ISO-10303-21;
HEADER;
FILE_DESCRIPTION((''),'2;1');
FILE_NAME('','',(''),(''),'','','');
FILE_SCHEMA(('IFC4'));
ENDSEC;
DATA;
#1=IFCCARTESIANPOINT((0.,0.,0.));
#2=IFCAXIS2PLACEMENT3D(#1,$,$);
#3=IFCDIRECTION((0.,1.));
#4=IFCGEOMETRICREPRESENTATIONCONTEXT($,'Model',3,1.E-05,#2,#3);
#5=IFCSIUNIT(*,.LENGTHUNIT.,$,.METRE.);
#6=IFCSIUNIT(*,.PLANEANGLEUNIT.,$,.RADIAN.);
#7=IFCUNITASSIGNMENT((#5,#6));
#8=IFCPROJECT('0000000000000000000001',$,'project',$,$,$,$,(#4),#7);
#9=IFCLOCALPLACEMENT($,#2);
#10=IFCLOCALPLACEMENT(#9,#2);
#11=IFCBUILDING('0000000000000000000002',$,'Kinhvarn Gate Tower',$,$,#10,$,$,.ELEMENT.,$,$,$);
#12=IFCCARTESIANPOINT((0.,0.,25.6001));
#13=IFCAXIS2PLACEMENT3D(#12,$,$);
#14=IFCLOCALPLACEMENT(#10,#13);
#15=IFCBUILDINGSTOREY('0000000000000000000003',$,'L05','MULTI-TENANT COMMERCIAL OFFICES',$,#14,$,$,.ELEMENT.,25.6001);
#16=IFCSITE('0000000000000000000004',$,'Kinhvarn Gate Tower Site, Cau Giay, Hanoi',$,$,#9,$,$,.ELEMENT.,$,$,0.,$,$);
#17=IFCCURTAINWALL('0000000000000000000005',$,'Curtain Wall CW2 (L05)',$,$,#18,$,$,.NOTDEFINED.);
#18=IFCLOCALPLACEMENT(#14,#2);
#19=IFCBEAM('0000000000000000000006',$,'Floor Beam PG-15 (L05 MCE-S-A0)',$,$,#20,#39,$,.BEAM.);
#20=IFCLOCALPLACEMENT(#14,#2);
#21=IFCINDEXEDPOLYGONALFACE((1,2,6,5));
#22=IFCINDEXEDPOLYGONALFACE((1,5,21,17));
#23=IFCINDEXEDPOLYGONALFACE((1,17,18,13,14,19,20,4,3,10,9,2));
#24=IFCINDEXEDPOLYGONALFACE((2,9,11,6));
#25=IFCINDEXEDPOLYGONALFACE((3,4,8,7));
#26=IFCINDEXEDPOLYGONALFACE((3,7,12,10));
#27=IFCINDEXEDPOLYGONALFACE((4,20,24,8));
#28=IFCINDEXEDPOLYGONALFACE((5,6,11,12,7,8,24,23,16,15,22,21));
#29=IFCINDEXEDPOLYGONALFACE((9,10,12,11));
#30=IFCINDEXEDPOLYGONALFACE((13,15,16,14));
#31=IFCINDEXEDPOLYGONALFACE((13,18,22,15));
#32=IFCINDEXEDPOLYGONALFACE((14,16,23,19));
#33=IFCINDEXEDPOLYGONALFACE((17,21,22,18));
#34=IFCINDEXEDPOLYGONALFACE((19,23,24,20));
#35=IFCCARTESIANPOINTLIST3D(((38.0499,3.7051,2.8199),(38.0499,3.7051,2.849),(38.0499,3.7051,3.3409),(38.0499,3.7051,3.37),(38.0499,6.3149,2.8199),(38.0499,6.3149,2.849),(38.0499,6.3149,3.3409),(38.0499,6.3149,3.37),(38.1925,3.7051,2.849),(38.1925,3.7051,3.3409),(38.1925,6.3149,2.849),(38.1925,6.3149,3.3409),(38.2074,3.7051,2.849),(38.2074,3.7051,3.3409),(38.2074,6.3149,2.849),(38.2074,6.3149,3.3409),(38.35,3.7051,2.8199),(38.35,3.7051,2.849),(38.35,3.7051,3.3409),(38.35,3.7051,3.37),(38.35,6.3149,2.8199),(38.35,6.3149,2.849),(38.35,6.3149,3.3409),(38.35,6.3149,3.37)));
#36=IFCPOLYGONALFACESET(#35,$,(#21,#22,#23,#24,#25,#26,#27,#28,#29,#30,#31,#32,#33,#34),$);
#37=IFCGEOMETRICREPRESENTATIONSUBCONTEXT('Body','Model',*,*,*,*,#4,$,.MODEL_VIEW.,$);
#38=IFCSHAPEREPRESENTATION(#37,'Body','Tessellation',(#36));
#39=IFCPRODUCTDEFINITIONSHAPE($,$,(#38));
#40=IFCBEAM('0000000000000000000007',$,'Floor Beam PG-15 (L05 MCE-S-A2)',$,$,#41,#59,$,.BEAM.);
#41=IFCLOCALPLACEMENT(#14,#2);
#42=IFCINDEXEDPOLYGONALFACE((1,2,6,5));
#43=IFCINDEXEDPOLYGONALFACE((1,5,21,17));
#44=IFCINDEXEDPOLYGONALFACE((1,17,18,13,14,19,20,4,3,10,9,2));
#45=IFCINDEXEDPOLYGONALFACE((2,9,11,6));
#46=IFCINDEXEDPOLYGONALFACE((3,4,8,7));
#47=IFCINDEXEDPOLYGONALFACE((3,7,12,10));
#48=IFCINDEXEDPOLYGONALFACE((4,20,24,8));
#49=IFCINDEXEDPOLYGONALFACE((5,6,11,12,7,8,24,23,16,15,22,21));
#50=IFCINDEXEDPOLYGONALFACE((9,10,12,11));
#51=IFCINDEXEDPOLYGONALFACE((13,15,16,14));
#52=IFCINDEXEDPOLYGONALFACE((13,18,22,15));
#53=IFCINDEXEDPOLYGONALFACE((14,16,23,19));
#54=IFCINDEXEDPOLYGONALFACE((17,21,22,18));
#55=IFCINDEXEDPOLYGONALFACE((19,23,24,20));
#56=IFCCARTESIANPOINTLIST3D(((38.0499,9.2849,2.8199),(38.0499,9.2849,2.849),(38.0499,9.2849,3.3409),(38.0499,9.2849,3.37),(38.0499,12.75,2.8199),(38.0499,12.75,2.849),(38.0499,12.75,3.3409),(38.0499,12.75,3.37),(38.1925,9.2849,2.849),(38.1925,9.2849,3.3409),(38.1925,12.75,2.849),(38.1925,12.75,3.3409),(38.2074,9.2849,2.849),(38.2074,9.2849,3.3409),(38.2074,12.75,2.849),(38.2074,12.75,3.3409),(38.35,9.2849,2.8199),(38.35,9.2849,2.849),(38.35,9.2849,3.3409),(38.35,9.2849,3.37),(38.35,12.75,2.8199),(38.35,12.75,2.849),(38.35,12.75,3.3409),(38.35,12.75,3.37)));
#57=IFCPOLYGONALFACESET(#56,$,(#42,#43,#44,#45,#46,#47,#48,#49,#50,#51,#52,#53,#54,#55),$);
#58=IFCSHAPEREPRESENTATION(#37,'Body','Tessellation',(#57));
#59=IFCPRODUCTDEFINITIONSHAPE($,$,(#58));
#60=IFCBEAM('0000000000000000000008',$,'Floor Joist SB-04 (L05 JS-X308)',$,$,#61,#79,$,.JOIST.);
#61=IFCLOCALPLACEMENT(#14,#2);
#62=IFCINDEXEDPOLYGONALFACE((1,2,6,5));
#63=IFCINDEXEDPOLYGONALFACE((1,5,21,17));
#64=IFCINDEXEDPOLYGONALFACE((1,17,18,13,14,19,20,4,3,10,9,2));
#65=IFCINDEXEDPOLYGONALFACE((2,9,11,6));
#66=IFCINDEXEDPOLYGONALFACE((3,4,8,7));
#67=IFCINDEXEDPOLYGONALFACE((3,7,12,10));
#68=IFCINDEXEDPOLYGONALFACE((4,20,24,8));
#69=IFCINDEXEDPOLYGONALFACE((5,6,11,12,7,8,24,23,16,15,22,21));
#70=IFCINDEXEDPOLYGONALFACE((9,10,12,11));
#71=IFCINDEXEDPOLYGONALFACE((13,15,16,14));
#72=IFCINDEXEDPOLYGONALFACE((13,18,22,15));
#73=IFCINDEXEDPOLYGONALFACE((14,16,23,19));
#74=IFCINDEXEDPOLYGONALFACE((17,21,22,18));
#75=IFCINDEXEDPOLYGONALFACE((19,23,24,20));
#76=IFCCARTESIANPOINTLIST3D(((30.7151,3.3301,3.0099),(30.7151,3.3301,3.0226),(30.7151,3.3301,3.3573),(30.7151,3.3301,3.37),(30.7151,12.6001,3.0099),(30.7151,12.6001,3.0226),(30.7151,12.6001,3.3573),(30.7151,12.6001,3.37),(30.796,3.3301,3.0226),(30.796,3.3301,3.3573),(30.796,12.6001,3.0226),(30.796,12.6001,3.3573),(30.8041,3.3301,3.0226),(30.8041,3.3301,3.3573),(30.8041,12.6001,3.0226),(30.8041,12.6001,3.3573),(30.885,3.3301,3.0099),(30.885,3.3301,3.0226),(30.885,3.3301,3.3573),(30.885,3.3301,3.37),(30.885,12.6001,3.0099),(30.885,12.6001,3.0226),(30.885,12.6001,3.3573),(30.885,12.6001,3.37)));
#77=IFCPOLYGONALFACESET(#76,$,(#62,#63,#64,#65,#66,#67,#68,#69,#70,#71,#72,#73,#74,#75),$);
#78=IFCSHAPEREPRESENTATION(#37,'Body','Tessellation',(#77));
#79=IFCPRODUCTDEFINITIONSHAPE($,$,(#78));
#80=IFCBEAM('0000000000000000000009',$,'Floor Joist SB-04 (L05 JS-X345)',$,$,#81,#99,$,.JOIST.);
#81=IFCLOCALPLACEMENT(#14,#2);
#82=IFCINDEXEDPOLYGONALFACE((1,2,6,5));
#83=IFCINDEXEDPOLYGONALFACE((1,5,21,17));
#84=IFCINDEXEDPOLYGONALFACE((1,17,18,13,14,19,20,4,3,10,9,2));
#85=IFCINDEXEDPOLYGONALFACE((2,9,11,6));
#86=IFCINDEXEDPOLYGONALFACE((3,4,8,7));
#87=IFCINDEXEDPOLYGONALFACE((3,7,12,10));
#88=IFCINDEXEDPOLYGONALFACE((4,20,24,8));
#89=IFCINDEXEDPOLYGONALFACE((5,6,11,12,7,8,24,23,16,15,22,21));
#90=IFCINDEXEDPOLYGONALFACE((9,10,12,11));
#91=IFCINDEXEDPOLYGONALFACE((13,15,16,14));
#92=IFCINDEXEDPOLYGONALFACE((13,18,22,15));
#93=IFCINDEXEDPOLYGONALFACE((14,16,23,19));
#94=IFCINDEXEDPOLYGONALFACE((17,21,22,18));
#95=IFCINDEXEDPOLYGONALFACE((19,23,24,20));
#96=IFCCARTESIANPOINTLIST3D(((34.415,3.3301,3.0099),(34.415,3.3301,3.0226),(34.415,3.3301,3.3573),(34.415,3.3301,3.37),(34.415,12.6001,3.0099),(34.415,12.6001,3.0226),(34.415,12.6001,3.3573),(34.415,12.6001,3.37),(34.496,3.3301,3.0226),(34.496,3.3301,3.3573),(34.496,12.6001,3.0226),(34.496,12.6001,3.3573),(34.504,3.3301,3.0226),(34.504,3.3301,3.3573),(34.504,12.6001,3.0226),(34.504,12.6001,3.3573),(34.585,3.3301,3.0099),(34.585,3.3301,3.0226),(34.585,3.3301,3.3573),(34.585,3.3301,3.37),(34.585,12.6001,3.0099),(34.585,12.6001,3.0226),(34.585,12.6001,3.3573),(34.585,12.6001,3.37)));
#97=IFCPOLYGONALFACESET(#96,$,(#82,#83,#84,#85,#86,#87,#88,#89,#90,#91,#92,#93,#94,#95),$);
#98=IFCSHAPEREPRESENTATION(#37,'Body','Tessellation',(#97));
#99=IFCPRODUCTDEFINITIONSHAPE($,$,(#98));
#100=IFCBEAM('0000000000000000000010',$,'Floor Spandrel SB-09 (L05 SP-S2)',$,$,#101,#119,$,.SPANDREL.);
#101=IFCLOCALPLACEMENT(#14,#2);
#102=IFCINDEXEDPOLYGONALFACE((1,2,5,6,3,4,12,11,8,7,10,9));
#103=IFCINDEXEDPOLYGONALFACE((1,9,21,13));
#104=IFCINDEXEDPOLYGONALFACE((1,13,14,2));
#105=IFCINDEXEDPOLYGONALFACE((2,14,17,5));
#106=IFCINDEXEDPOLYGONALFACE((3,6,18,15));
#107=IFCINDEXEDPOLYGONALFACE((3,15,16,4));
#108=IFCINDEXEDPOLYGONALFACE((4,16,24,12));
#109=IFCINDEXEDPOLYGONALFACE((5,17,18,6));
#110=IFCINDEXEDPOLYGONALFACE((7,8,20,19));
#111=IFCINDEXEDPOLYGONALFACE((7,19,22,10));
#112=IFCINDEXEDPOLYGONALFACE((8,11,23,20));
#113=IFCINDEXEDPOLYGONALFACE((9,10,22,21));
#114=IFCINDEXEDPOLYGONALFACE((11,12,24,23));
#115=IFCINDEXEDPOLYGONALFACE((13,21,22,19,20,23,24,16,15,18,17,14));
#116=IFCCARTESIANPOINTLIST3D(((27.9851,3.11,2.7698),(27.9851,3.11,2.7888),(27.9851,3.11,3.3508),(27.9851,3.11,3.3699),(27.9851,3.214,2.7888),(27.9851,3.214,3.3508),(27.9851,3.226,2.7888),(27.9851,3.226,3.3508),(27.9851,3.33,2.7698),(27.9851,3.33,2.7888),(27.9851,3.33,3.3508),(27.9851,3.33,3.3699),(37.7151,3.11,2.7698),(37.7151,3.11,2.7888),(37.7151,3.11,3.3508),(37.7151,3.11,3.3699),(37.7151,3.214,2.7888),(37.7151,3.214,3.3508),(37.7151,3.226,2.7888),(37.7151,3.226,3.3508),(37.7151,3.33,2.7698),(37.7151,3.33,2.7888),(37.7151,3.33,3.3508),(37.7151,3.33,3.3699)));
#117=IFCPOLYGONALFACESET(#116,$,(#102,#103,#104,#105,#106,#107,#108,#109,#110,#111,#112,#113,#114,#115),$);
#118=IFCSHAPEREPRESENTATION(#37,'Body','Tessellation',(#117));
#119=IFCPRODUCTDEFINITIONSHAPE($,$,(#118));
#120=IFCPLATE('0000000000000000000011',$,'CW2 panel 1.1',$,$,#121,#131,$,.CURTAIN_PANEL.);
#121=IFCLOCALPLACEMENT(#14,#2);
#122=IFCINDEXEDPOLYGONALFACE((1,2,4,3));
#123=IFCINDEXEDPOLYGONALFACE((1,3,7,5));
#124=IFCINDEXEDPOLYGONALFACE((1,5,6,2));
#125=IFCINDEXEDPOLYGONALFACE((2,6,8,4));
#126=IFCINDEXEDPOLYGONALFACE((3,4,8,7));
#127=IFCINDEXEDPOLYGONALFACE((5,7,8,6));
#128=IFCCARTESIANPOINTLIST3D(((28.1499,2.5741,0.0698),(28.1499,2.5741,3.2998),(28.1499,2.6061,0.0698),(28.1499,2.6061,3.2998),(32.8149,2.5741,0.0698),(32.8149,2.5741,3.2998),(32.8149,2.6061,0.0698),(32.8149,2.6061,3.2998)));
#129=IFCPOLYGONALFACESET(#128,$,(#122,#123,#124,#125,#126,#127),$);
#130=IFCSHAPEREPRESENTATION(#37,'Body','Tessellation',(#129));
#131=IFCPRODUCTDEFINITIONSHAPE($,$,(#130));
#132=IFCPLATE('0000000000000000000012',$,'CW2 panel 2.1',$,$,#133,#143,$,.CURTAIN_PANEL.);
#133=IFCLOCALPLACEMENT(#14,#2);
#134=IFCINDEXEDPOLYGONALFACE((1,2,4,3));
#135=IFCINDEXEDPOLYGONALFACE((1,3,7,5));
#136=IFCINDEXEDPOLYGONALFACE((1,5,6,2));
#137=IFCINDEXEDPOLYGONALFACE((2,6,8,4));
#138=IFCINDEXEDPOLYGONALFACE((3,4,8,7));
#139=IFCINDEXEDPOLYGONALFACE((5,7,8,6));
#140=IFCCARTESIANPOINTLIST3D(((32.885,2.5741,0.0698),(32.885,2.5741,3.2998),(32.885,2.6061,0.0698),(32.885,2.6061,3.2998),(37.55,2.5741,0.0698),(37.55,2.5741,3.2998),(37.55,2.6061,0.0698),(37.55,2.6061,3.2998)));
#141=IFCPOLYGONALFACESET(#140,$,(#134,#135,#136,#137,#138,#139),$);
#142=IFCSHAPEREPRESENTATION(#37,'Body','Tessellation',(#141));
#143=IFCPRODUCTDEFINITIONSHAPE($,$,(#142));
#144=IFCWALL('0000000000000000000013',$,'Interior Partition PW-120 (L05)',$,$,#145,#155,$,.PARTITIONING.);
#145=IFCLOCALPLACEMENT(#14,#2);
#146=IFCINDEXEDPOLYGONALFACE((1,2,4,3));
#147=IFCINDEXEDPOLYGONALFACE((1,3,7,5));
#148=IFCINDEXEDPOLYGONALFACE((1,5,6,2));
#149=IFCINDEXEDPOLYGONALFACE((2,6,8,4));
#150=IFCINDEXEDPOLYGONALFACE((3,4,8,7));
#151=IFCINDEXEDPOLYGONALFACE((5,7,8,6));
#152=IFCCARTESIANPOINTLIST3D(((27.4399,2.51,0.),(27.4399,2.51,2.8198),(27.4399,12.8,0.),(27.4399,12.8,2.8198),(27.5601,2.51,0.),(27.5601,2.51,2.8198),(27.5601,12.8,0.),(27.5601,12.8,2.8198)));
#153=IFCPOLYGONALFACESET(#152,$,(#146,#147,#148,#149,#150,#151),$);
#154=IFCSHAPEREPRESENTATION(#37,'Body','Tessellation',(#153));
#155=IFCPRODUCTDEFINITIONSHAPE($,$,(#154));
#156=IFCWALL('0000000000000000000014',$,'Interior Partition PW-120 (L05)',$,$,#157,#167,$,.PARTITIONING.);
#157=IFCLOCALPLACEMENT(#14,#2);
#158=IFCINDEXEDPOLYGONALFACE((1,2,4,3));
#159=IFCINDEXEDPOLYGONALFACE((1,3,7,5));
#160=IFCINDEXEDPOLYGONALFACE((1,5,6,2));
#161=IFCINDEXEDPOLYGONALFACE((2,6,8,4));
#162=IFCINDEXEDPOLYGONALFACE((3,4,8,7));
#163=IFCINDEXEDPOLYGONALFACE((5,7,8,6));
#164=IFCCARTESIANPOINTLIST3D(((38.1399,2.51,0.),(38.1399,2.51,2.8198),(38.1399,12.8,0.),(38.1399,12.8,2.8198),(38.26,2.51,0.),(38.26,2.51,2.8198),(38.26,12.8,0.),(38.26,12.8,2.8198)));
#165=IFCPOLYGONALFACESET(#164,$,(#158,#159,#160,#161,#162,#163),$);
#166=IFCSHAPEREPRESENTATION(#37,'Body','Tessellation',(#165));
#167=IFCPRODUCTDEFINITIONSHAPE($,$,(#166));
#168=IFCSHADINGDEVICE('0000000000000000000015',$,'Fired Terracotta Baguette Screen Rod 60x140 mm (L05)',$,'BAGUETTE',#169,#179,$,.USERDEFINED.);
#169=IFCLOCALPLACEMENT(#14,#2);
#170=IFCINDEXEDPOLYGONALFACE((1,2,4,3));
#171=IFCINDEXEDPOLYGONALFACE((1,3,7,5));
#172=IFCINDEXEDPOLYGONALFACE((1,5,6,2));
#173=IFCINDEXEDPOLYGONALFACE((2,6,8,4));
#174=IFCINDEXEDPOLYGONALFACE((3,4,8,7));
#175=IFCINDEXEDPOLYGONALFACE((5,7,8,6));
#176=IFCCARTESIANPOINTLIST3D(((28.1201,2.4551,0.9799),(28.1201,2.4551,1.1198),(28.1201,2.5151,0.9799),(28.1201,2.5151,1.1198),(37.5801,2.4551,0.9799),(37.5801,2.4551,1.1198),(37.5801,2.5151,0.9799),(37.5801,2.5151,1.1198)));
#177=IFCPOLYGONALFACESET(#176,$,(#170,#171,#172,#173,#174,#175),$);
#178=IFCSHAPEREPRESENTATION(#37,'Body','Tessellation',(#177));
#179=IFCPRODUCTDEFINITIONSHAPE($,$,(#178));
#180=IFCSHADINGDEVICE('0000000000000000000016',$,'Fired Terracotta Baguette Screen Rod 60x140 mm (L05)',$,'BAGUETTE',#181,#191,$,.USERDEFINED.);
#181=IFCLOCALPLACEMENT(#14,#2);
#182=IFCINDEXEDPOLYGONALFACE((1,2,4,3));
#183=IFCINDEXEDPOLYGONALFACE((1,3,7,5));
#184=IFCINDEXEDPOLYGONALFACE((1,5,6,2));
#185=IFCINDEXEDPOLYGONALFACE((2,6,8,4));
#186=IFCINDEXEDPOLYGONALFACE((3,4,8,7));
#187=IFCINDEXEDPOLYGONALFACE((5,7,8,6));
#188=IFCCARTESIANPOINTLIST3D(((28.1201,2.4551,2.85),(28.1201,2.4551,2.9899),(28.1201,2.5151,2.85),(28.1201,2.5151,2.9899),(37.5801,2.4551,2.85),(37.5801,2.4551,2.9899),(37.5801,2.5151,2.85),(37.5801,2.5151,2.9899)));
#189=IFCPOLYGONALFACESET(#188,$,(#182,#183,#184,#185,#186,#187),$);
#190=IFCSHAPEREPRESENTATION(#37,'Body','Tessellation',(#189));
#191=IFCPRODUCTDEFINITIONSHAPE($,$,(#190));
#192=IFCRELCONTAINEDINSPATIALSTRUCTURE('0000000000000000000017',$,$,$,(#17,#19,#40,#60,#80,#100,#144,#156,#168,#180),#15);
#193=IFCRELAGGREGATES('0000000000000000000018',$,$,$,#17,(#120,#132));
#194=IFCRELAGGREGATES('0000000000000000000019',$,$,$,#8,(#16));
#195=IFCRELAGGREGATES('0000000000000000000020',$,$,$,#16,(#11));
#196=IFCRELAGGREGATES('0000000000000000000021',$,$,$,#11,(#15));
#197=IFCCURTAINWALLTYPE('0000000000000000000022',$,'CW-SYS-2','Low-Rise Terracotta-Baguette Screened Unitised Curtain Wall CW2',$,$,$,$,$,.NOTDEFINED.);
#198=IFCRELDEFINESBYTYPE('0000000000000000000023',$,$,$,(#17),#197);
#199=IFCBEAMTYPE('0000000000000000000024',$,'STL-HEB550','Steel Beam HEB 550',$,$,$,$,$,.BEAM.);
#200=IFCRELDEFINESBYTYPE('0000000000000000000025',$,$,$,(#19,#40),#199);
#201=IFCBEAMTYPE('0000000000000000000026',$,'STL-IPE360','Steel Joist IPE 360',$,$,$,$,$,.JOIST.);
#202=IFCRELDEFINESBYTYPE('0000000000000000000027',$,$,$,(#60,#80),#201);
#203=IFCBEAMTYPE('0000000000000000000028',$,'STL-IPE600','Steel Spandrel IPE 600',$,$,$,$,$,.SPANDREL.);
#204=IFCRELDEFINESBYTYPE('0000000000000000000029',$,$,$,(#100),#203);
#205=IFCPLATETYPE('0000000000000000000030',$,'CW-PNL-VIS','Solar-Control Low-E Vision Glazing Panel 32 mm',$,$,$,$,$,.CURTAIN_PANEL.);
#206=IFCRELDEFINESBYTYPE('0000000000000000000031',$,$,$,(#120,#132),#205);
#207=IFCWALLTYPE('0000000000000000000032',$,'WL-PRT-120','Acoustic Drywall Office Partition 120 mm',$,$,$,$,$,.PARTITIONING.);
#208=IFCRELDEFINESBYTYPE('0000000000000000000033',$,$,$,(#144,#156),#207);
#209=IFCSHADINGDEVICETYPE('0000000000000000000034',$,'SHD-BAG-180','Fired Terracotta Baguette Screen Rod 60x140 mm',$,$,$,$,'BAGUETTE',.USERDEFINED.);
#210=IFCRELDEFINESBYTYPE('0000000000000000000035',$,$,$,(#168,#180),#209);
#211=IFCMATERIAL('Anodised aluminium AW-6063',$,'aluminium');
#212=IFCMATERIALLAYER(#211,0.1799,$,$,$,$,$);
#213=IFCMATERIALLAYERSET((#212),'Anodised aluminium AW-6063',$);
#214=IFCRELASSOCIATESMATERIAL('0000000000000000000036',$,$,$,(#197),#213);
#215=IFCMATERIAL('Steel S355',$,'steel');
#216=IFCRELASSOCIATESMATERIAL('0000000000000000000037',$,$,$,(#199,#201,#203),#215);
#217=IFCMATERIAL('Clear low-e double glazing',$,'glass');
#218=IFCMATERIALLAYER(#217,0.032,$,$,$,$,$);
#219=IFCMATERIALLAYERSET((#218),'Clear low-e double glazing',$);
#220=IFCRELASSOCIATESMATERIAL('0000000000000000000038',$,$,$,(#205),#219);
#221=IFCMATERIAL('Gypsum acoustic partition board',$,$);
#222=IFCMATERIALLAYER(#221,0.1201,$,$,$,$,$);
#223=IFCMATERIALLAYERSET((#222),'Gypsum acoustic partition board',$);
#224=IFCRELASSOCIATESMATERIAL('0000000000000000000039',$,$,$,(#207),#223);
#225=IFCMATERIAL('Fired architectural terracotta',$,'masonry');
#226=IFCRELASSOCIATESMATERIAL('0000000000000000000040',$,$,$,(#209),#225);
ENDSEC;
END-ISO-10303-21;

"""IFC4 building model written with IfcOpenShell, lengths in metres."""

from ifc_helpers import new_model, si_unit, direction, frame, frame_2d, origin, origin_2d, place, context, subcontext, project, spatial, rectangle, i_section, extrude, material, layer, layer_set, material_profile, profile_set, type_object, element, aggregate, save


model = new_model("IFC4")

# Units and contexts
model_context = context("Model", 3, precision=1e-05, world=origin(), true_north=direction((0.0, 1.0)))
body_context = subcontext(model_context, "Body", "Model", "MODEL_VIEW")
ifc_project = project(units=[si_unit("LENGTHUNIT", "METRE"), si_unit("PLANEANGLEUNIT", "RADIAN")], contexts=[model_context])

# Site, building, storey
site_placement = place(None, origin())
site = spatial("IfcSite", under=ifc_project, at=site_placement, Name="Kinhvarn Gate Tower Site, Cau Giay, Hanoi", CompositionType="ELEMENT", RefElevation=0.0)
building_placement = place(site_placement, origin())
building = spatial("IfcBuilding", under=site, at=building_placement, Name="Kinhvarn Gate Tower", CompositionType="ELEMENT")
storey_placement = place(building_placement, frame((0.0, 0.0, 25.6001)))
storey = spatial("IfcBuildingStorey", under=building, at=storey_placement, Name="L05", Description="MULTI-TENANT COMMERCIAL OFFICES", CompositionType="ELEMENT", Elevation=25.6001)

# Shared definitions
ifc_material_1 = material(Name="Anodised aluminium AW-6063", Category="aluminium")
ifc_layer_1 = layer(ifc_material_1, 0.1799)
ifc_layer_set_1 = layer_set([ifc_layer_1], Name="Anodised aluminium AW-6063")
curtain_wall_type = type_object("IfcCurtainWallType", Name="CW-SYS-2", Description="Low-Rise Terracotta-Baguette Screened Unitised Curtain Wall CW2", PredefinedType="NOTDEFINED", material=ifc_layer_set_1)

# Curtain wall
curtain_wall_1_placement = place(storey_placement, origin())
curtain_wall_1 = element("IfcCurtainWall", 1, at=curtain_wall_1_placement, inside=storey, type_object=curtain_wall_type, Name="Curtain Wall CW2 (L05)", PredefinedType="NOTDEFINED")

# Beams
ifc_material_2 = material(Name="Steel S355", Category="steel")
ifc_material_profile_1 = material_profile(ifc_material_2, i_section(OverallWidth=0.3, OverallDepth=0.55, WebThickness=0.0149, FlangeThickness=0.0291, at=origin_2d()), Name="HEB 550")
ifc_profile_set_1 = profile_set([ifc_material_profile_1], Name="Steel S355")
beam_type_1 = type_object("IfcBeamType", Name="STL-HEB550", Description="Steel Beam HEB 550", PredefinedType="BEAM", material=ifc_profile_set_1)
beam_1_placement = place(storey_placement, frame((38.2, 3.7051, 3.095), z_axis=(0.0, 1.0, 0.0), x_axis=(-1.0, 0.0, 0.0)))
element("IfcBeam", 2, at=beam_1_placement, inside=storey, type_object=beam_type_1, Name="Floor Beam PG-15 (L05 MCE-S-A0)", PredefinedType="BEAM", context=body_context, shape_type="SweptSolid", body=[
    extrude(i_section(OverallWidth=0.3, OverallDepth=0.55, WebThickness=0.0149, FlangeThickness=0.0291, at=origin_2d()), origin(), (0.0, 0.0, 1.0), 2.6099),
])
beam_2_placement = place(storey_placement, frame((38.2, 9.2849, 3.095), z_axis=(0.0, 1.0, 0.0), x_axis=(-1.0, 0.0, 0.0)))
element("IfcBeam", 3, at=beam_2_placement, inside=storey, type_object=beam_type_1, Name="Floor Beam PG-15 (L05 MCE-S-A2)", PredefinedType="BEAM", context=body_context, shape_type="SweptSolid", body=[
    extrude(i_section(OverallWidth=0.3, OverallDepth=0.55, WebThickness=0.0149, FlangeThickness=0.0291, at=origin_2d()), origin(), (0.0, 0.0, 1.0), 3.4651),
])
ifc_material_profile_2 = material_profile(ifc_material_2, i_section(OverallWidth=0.1699, OverallDepth=0.3601, WebThickness=0.0081, FlangeThickness=0.0127, at=origin_2d()), Name="IPE 360")
ifc_profile_set_2 = profile_set([ifc_material_profile_2], Name="Steel S355")
beam_type_2 = type_object("IfcBeamType", Name="STL-IPE360", Description="Steel Joist IPE 360", PredefinedType="JOIST", material=ifc_profile_set_2)
for number, where, z_axis, x_axis, name in (
    (4, (30.8, 3.3301, 3.1899), (0.0, 1.0, 0.0), (-1.0, 0.0, 0.0), "Floor Joist SB-04 (L05 JS-X308)"),
    (5, (34.5, 3.3301, 3.1899), (0.0, 1.0, 0.0), (-1.0, 0.0, 0.0), "Floor Joist SB-04 (L05 JS-X345)"),
):
    element("IfcBeam", number, at=place(storey_placement, frame(where, z_axis=z_axis, x_axis=x_axis)), inside=storey, type_object=beam_type_2, Name=name, PredefinedType="JOIST", context=body_context, shape_type="SweptSolid", body=[
        extrude(i_section(OverallWidth=0.1699, OverallDepth=0.3601, WebThickness=0.0081, FlangeThickness=0.0127, at=origin_2d()), origin(), (0.0, 0.0, 1.0), 9.27),
    ])
ifc_material_profile_3 = material_profile(ifc_material_2, i_section(OverallWidth=0.22, OverallDepth=0.6001, WebThickness=0.012, FlangeThickness=0.019, at=origin_2d()), Name="IPE 600")
ifc_profile_set_3 = profile_set([ifc_material_profile_3], Name="Steel S355")
beam_type_3 = type_object("IfcBeamType", Name="STL-IPE600", Description="Steel Spandrel IPE 600", PredefinedType="SPANDREL", material=ifc_profile_set_3)
beam_3_placement = place(storey_placement, frame((27.9851, 3.22, 3.0698), z_axis=(1.0, 0.0, 0.0), x_axis=(0.0, 1.0, 0.0)))
element("IfcBeam", 6, at=beam_3_placement, inside=storey, type_object=beam_type_3, Name="Floor Spandrel SB-09 (L05 SP-S2)", PredefinedType="SPANDREL", context=body_context, shape_type="SweptSolid", body=[
    extrude(i_section(OverallWidth=0.22, OverallDepth=0.6001, WebThickness=0.012, FlangeThickness=0.019, at=origin_2d()), origin(), (0.0, 0.0, 1.0), 9.73),
])

# Plates
ifc_material_3 = material(Name="Clear low-e double glazing", Category="glass")
ifc_layer_2 = layer(ifc_material_3, 0.032)
ifc_layer_set_2 = layer_set([ifc_layer_2], Name="Clear low-e double glazing")
plate_type = type_object("IfcPlateType", Name="CW-PNL-VIS", Description="Solar-Control Low-E Vision Glazing Panel 32 mm", PredefinedType="CURTAIN_PANEL", material=ifc_layer_set_2)
plate_1_placement = place(storey_placement, frame((30.4824, 2.5901, 0.0698), z_axis=(0.0, 0.0, 1.0), x_axis=(1.0, 0.0, 0.0)))
plate_1 = element("IfcPlate", 7, at=plate_1_placement, type_object=plate_type, Name="CW2 panel 1.1", PredefinedType="CURTAIN_PANEL", context=body_context, shape_type="SweptSolid", body=[
    extrude(rectangle(XDim=4.665, YDim=0.032, at=origin_2d()), origin(), (0.0, 0.0, 1.0), 3.23),
])
plate_2_placement = place(storey_placement, frame((35.2175, 2.5901, 0.0698), z_axis=(0.0, 0.0, 1.0), x_axis=(1.0, 0.0, 0.0)))
plate_2 = element("IfcPlate", 8, at=plate_2_placement, type_object=plate_type, Name="CW2 panel 2.1", PredefinedType="CURTAIN_PANEL", context=body_context, shape_type="SweptSolid", body=[
    extrude(rectangle(XDim=4.665, YDim=0.032, at=origin_2d()), origin(), (0.0, 0.0, 1.0), 3.23),
])
aggregate(curtain_wall_1, [plate_1, plate_2])

# Walls
ifc_material_4 = material(Name="Gypsum acoustic partition board")
ifc_layer_3 = layer(ifc_material_4, 0.1201)
ifc_layer_set_3 = layer_set([ifc_layer_3], Name="Gypsum acoustic partition board")
wall_type = type_object("IfcWallType", Name="WL-PRT-120", Description="Acoustic Drywall Office Partition 120 mm", PredefinedType="PARTITIONING", material=ifc_layer_set_3)
for number, where, z_axis, x_axis, name in (
    (9, (27.5, 2.51, 0.0), (0.0, 0.0, 1.0), (0.0, 1.0, 0.0), "Interior Partition PW-120 (L05)"),
    (10, (38.2, 2.51, 0.0), (0.0, 0.0, 1.0), (0.0, 1.0, 0.0), "Interior Partition PW-120 (L05)"),
):
    element("IfcWall", number, at=place(storey_placement, frame(where, z_axis=z_axis, x_axis=x_axis)), inside=storey, type_object=wall_type, Name=name, PredefinedType="PARTITIONING", context=body_context, shape_type="SweptSolid", body=[
        extrude(rectangle(XDim=10.29, YDim=0.1201, at=frame_2d((5.145, 0.0))), origin(), (0.0, 0.0, 1.0), 2.8198),
    ])

# Shading devices
ifc_material_5 = material(Name="Fired architectural terracotta", Category="masonry")
ifc_material_profile_4 = material_profile(ifc_material_5, rectangle(XDim=0.0601, YDim=0.1399, at=origin_2d()), Name="TC 60x140")
ifc_profile_set_4 = profile_set([ifc_material_profile_4], Name="Fired architectural terracotta")
shading_device_type = type_object("IfcShadingDeviceType", Name="SHD-BAG-180", Description="Fired Terracotta Baguette Screen Rod 60x140 mm", ElementType="BAGUETTE", PredefinedType="USERDEFINED", material=ifc_profile_set_4)
for number, where, z_axis, x_axis, name in (
    (11, (28.1201, 2.4851, 1.0498), (1.0, 0.0, 0.0), (0.0, 1.0, 0.0), "Fired Terracotta Baguette Screen Rod 60x140 mm (L05)"),
    (12, (28.1201, 2.4851, 2.9199), (1.0, 0.0, 0.0), (0.0, 1.0, 0.0), "Fired Terracotta Baguette Screen Rod 60x140 mm (L05)"),
):
    element("IfcShadingDevice", number, at=place(storey_placement, frame(where, z_axis=z_axis, x_axis=x_axis)), inside=storey, type_object=shading_device_type, Name=name, ObjectType="BAGUETTE", PredefinedType="USERDEFINED", context=body_context, shape_type="SweptSolid", body=[
        extrude(rectangle(XDim=0.0601, YDim=0.1399, at=origin_2d()), origin(), (0.0, 0.0, 1.0), 9.46),
    ])

save(model, "model.ifc")
